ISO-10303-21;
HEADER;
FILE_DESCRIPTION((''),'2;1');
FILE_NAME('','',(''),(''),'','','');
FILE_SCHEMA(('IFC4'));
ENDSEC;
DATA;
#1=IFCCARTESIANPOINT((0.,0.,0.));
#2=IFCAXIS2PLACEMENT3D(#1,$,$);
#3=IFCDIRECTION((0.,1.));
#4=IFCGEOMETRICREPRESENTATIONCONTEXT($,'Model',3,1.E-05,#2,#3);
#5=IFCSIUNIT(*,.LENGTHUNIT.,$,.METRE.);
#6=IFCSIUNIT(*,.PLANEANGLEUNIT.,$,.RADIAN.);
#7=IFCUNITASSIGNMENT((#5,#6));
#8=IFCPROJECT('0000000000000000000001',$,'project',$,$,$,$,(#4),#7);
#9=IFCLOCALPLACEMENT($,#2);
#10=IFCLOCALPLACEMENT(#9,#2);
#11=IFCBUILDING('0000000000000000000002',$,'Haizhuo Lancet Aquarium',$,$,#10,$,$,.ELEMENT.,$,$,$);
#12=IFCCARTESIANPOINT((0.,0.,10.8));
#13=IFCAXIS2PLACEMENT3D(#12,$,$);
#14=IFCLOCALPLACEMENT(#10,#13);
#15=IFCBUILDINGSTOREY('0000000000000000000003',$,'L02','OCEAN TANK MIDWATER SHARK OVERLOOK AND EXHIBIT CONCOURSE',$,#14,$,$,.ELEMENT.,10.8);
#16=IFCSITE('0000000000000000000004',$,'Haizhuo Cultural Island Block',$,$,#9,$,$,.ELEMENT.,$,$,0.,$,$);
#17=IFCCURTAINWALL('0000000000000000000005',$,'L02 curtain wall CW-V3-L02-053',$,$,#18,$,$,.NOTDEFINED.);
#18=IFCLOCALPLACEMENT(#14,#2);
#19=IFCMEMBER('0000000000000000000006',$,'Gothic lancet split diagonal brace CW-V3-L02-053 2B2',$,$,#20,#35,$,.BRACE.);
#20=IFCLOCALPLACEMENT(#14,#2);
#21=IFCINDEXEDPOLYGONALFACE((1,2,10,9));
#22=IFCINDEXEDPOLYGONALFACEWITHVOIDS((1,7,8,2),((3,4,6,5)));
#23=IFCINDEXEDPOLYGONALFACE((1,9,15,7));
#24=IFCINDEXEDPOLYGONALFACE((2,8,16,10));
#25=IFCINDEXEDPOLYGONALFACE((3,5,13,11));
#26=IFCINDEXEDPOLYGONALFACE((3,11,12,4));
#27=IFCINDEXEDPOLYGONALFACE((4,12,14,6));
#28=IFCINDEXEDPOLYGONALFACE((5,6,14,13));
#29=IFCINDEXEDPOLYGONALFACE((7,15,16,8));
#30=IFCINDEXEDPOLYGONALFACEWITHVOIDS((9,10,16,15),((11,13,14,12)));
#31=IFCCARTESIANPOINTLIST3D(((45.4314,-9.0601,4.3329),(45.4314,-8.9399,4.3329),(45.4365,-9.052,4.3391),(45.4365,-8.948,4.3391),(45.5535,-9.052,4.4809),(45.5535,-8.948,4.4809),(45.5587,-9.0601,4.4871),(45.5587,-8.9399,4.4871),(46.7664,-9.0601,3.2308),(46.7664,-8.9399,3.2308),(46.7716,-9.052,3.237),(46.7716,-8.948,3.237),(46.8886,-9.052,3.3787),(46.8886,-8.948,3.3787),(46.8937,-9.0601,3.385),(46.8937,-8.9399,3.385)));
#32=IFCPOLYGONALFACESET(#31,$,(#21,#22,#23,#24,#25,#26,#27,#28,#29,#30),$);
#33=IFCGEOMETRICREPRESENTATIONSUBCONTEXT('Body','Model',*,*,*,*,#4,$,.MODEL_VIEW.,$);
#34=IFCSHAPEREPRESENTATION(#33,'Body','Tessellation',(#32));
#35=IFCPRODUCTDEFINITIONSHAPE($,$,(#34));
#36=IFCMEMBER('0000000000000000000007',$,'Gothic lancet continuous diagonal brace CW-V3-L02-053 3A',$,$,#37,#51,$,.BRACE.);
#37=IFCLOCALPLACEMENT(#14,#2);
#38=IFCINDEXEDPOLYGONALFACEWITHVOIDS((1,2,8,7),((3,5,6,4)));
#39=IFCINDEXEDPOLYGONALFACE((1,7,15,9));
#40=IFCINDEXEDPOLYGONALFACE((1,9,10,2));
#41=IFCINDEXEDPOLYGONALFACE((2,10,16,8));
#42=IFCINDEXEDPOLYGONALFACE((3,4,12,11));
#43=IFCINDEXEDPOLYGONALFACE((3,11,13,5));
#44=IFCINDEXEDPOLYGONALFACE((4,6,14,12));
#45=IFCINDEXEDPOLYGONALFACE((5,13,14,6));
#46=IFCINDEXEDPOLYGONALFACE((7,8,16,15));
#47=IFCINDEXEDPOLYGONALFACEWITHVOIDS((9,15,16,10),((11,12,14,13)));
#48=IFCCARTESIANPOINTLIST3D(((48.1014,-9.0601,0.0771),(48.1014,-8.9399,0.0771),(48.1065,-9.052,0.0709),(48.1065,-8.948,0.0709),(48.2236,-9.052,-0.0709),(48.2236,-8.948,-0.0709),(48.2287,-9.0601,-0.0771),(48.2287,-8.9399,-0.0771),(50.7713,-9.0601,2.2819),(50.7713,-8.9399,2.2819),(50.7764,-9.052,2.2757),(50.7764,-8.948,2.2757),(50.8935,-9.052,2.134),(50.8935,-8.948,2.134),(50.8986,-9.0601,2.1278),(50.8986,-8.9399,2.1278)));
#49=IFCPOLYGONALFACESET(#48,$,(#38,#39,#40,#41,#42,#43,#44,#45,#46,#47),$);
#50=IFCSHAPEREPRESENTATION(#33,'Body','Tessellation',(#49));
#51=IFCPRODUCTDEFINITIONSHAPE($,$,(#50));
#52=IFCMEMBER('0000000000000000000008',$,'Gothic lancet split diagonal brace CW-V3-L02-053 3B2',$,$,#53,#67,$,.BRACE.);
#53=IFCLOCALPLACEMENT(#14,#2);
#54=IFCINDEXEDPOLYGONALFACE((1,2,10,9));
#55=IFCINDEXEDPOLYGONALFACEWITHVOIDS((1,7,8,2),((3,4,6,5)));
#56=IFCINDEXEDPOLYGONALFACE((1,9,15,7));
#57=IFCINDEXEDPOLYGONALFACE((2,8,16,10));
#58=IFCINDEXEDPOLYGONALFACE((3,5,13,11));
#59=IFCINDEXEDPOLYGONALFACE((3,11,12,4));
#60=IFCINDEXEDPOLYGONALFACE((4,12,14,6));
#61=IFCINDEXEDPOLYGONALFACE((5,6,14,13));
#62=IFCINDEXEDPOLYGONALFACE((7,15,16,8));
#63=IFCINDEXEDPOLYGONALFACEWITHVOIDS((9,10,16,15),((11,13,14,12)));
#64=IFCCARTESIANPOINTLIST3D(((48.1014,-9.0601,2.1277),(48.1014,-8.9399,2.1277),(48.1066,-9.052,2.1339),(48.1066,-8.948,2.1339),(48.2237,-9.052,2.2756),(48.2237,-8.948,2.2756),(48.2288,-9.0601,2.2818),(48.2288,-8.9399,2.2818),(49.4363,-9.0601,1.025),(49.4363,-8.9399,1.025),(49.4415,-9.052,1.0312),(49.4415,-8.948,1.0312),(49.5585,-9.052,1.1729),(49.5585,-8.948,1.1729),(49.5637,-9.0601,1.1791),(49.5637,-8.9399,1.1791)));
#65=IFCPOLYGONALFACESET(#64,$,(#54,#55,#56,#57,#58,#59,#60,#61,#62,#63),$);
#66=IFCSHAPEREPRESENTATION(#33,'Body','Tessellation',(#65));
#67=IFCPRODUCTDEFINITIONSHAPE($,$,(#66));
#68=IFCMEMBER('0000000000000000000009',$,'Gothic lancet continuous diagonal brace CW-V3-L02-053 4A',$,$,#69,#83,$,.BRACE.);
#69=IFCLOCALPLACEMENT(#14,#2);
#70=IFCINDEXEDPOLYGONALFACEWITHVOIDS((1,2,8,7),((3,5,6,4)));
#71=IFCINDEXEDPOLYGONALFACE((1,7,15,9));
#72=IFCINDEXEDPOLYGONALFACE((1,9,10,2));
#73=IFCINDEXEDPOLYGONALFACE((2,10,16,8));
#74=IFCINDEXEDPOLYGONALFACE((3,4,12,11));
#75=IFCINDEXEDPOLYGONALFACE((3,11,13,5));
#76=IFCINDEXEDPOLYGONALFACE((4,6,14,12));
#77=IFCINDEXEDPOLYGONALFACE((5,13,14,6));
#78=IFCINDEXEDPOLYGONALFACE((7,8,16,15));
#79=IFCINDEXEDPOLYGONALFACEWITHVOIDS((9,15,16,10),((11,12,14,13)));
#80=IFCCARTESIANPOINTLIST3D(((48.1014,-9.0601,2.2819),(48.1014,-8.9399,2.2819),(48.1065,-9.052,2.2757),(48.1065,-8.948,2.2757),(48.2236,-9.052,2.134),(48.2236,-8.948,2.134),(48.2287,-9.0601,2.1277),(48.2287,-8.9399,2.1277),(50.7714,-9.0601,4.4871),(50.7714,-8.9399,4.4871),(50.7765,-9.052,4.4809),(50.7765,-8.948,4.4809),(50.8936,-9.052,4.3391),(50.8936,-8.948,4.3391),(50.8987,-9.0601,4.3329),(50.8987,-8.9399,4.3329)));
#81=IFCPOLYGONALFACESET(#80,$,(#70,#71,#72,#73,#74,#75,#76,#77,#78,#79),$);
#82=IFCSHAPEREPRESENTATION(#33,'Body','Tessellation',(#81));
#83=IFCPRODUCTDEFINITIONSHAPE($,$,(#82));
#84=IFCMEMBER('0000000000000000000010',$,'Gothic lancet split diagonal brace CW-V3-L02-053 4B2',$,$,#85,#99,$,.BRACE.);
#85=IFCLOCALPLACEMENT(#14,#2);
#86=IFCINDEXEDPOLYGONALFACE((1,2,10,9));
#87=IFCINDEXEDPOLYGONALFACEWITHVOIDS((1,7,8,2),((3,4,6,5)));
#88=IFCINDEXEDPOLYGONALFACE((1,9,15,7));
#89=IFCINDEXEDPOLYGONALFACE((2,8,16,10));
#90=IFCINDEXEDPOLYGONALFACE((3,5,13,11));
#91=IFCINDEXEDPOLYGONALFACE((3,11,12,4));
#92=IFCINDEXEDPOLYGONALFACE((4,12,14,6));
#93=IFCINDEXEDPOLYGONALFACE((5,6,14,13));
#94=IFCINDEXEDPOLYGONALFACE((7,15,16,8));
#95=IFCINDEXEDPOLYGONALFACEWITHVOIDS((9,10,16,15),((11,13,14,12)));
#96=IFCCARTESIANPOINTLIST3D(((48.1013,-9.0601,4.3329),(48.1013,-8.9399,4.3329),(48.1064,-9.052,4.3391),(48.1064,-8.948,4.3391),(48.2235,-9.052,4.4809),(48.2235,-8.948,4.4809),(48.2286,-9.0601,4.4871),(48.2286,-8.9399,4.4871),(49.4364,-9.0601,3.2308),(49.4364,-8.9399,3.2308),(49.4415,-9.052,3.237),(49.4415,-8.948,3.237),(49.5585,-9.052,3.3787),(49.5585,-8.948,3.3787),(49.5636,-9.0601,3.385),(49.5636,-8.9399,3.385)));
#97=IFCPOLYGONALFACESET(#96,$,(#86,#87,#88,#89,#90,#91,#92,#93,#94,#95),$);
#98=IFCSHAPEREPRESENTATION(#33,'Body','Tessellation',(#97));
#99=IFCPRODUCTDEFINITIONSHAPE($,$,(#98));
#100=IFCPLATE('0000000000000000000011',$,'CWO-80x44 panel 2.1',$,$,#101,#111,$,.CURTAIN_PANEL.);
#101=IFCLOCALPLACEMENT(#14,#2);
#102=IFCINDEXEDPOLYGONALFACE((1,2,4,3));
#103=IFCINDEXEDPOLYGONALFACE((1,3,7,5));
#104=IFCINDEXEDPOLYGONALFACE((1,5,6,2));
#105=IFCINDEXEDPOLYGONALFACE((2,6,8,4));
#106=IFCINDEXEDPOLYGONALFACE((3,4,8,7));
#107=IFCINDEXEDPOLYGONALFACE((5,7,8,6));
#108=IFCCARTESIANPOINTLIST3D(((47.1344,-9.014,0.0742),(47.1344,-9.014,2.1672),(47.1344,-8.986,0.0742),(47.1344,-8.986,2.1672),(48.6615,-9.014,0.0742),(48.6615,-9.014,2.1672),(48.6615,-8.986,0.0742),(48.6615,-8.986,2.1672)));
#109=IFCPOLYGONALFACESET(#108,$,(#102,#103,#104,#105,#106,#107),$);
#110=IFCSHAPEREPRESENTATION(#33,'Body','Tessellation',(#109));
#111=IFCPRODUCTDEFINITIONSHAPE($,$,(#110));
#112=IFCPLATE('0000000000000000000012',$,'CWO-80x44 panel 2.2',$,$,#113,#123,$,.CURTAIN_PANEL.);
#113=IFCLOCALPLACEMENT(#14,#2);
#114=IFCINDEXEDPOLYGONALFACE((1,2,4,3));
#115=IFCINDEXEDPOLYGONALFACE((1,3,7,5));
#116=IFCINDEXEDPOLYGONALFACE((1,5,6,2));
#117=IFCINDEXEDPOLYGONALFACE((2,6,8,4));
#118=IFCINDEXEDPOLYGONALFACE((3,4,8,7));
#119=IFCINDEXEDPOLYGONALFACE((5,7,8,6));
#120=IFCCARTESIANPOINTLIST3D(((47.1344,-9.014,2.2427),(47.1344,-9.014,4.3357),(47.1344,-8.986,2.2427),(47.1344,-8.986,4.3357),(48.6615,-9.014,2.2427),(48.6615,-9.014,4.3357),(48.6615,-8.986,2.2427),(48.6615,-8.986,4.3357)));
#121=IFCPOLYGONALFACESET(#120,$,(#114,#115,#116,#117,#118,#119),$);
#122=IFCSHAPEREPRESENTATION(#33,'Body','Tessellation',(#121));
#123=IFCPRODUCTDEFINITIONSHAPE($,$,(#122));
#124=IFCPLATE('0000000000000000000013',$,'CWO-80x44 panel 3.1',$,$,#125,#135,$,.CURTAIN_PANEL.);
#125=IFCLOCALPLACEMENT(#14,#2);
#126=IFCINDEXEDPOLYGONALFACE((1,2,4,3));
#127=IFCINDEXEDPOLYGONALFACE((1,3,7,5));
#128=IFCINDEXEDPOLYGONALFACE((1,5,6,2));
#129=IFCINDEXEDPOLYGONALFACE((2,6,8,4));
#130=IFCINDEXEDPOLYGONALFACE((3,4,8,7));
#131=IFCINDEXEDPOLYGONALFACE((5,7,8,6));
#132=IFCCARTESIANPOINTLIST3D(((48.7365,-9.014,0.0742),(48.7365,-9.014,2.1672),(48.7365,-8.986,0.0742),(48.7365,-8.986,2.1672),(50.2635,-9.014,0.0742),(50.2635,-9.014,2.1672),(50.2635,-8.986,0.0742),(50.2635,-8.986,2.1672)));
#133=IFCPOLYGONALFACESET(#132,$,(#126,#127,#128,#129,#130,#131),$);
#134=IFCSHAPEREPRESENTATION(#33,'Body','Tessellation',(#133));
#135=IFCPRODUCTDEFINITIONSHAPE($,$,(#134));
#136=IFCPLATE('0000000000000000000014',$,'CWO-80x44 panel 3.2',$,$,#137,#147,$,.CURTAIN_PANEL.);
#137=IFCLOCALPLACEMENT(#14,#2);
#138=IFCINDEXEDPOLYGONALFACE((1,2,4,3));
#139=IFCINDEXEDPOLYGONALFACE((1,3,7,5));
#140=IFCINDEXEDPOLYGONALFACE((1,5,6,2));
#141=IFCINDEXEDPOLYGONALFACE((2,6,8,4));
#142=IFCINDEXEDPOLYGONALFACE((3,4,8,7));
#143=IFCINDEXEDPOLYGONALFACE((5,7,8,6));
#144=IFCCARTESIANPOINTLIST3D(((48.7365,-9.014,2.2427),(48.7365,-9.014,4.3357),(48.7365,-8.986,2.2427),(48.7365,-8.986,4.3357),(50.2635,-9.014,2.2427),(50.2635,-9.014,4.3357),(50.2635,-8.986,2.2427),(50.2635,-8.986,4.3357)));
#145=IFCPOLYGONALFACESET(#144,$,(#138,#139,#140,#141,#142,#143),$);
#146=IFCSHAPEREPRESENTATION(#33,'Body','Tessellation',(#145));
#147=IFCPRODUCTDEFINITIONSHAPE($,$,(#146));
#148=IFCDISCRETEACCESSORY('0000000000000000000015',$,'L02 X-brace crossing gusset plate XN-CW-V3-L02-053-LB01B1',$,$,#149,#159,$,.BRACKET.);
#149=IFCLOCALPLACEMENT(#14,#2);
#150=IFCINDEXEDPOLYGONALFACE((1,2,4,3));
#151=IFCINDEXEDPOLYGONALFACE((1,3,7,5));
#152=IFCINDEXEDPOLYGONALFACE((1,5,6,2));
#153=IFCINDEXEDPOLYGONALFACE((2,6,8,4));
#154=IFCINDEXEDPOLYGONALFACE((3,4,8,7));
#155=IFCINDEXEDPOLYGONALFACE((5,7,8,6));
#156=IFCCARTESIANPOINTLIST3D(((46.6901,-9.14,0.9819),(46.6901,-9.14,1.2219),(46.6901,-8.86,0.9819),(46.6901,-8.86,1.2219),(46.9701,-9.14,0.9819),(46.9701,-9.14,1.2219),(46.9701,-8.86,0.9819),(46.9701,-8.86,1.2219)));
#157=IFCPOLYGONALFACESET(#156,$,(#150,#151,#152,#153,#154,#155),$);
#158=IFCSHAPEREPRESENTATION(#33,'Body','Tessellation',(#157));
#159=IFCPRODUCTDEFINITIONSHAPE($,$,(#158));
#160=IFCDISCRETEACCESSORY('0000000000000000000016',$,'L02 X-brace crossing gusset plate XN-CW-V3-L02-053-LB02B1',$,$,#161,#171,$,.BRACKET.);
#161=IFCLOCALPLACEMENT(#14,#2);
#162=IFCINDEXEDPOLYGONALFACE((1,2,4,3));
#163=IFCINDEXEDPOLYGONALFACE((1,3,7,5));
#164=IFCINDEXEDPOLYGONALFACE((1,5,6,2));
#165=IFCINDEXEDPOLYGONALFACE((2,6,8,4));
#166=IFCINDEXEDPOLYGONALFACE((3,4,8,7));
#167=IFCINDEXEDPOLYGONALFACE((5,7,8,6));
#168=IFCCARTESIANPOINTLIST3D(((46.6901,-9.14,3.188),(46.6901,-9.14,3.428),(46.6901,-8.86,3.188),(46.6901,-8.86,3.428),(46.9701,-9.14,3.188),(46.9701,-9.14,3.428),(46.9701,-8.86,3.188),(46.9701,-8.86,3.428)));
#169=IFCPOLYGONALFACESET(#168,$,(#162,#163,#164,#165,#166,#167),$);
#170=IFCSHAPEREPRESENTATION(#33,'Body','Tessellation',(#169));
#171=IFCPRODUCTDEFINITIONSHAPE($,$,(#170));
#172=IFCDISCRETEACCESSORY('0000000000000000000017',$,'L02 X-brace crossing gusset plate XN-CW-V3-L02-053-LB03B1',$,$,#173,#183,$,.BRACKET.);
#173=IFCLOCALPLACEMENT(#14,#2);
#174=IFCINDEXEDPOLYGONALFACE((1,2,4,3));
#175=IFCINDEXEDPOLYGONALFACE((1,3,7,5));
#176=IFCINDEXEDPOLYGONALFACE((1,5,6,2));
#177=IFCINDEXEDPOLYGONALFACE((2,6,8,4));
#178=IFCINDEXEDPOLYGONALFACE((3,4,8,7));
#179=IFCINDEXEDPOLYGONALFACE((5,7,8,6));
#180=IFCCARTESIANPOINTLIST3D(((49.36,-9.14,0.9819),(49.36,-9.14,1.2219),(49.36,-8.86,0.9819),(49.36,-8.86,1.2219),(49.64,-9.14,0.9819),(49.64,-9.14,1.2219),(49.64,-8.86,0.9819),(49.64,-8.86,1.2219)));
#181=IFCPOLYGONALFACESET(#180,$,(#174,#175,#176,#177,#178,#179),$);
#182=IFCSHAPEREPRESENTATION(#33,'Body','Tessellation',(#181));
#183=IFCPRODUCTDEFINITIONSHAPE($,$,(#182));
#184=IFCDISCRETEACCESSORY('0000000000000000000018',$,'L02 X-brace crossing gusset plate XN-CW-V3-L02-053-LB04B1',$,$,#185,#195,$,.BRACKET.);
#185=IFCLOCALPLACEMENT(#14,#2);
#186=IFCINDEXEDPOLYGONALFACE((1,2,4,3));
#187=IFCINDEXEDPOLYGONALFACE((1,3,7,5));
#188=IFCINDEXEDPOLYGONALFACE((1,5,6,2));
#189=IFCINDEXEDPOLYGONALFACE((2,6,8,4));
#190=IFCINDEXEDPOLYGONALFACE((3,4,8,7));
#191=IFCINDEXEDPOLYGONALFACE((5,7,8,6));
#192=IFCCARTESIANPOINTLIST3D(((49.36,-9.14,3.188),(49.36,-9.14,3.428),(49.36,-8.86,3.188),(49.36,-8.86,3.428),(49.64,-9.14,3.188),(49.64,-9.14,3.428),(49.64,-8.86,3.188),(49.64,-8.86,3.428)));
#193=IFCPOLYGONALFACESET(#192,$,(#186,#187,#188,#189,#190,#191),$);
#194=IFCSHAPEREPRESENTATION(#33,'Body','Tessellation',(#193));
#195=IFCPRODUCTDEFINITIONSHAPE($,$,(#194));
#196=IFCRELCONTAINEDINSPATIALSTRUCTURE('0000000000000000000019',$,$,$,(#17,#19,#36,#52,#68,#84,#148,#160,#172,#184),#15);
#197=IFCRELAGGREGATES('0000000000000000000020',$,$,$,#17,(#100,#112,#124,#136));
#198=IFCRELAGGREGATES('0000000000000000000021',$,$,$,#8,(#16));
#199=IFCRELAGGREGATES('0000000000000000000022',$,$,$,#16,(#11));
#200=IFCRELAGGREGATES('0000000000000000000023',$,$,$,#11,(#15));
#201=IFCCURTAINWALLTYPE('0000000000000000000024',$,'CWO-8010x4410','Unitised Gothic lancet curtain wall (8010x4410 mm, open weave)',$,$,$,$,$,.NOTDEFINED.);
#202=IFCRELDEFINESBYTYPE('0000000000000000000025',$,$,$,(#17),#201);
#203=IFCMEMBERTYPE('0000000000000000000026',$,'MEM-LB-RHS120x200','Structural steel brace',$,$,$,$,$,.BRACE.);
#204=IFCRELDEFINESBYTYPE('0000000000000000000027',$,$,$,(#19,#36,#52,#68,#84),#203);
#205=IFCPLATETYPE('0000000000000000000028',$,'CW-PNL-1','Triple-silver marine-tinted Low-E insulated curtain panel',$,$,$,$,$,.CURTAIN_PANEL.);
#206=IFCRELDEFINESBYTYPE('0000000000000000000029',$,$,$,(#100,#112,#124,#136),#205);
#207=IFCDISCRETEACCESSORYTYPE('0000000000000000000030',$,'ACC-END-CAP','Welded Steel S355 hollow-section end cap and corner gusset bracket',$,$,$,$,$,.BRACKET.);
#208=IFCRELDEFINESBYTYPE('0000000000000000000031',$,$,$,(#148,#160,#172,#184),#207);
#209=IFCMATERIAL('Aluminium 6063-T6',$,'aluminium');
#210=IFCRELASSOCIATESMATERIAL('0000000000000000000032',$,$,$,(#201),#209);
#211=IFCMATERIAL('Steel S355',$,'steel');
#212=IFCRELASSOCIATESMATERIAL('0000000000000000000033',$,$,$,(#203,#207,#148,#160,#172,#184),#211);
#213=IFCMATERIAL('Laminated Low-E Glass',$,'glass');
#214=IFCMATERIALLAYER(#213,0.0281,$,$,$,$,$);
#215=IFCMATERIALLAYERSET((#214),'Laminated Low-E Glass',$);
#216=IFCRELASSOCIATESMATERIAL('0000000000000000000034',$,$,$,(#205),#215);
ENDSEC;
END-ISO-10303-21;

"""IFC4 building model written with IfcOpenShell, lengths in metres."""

from ifc_helpers import new_model, si_unit, direction, frame, origin, origin_2d, place, context, subcontext, project, spatial, rectangle, hollow_rectangle, extrude, material, layer, layer_set, material_profile, profile_set, type_object, element, aggregate, save


model = new_model("IFC4")

# Units and contexts
model_context = context("Model", 3, precision=1e-05, world=origin(), true_north=direction((0.0, 1.0)))
body_context = subcontext(model_context, "Body", "Model", "MODEL_VIEW")
ifc_project = project(units=[si_unit("LENGTHUNIT", "METRE"), si_unit("PLANEANGLEUNIT", "RADIAN")], contexts=[model_context])

# Site, building, storey
site_placement = place(None, origin())
site = spatial("IfcSite", under=ifc_project, at=site_placement, Name="Haizhuo Cultural Island Block", CompositionType="ELEMENT", RefElevation=0.0)
building_placement = place(site_placement, origin())
building = spatial("IfcBuilding", under=site, at=building_placement, Name="Haizhuo Lancet Aquarium", CompositionType="ELEMENT")
storey_placement = place(building_placement, frame((0.0, 0.0, 10.8)))
storey = spatial("IfcBuildingStorey", under=building, at=storey_placement, Name="L02", Description="OCEAN TANK MIDWATER SHARK OVERLOOK AND EXHIBIT CONCOURSE", CompositionType="ELEMENT", Elevation=10.8)

# Curtain wall
ifc_material_1 = material(Name="Aluminium 6063-T6", Category="aluminium")
curtain_wall_type = type_object("IfcCurtainWallType", Name="CWO-8010x4410", Description="Unitised Gothic lancet curtain wall (8010x4410 mm, open weave)", PredefinedType="NOTDEFINED", material=ifc_material_1)
curtain_wall_placement = place(storey_placement, origin())
curtain_wall = element("IfcCurtainWall", 1, at=curtain_wall_placement, inside=storey, type_object=curtain_wall_type, Name="L02 curtain wall CW-V3-L02-053", PredefinedType="NOTDEFINED")

# Members
ifc_material_2 = material(Name="Steel S355", Category="steel")
ifc_material_profile_1 = material_profile(ifc_material_2, hollow_rectangle(XDim=0.1201, YDim=0.2, WallThickness=0.0081, at=origin_2d()), Name="RHS 120x200x8")
ifc_profile_set_1 = profile_set([ifc_material_profile_1], Name="Steel S355")
member_type_1 = type_object("IfcMemberType", Name="MEM-LB-RHS120x200", Description="Structural steel brace", PredefinedType="BRACE", material=ifc_profile_set_1)
member_1_placement = place(storey_placement, frame((46.8301, -9.0, 3.3079), z_axis=(-0.771172, 0.0, 0.636626), x_axis=(0.0, -1.0, 0.0)))
element("IfcMember", 2, at=member_1_placement, inside=storey, type_object=member_type_1, Name="Gothic lancet split diagonal brace CW-V3-L02-053 2B2", PredefinedType="BRACE", context=body_context, shape_type="SweptSolid", body=[
    extrude(hollow_rectangle(XDim=0.1201, YDim=0.2, WallThickness=0.0081, at=origin_2d()), origin(), (0.0, 0.0, 1.0), 1.7312),
])
member_2_placement = place(storey_placement, frame((48.165, -9.0, 0.0), z_axis=(0.771069, 0.0, 0.636752), x_axis=(0.0, 1.0, 0.0)))
element("IfcMember", 3, at=member_2_placement, inside=storey, type_object=member_type_1, Name="Gothic lancet continuous diagonal brace CW-V3-L02-053 3A", PredefinedType="BRACE", context=body_context, shape_type="SweptSolid", body=[
    extrude(hollow_rectangle(XDim=0.1201, YDim=0.2, WallThickness=0.0081, at=origin_2d()), origin(), (0.0, 0.0, 1.0), 3.4626),
])
member_3_placement = place(storey_placement, frame((49.5, -9.0, 1.1021), z_axis=(-0.770965, 0.0, 0.636878), x_axis=(0.0, -1.0, 0.0)))
element("IfcMember", 4, at=member_3_placement, inside=storey, type_object=member_type_1, Name="Gothic lancet split diagonal brace CW-V3-L02-053 3B2", PredefinedType="BRACE", context=body_context, shape_type="SweptSolid", body=[
    extrude(hollow_rectangle(XDim=0.1201, YDim=0.2, WallThickness=0.0081, at=origin_2d()), origin(), (0.0, 0.0, 1.0), 1.7314),
])
member_4_placement = place(storey_placement, frame((48.165, -9.0, 2.2048), z_axis=(0.771034, 0.0, 0.636794), x_axis=(0.0, 1.0, 0.0)))
element("IfcMember", 5, at=member_4_placement, inside=storey, type_object=member_type_1, Name="Gothic lancet continuous diagonal brace CW-V3-L02-053 4A", PredefinedType="BRACE", context=body_context, shape_type="SweptSolid", body=[
    extrude(hollow_rectangle(XDim=0.1201, YDim=0.2, WallThickness=0.0081, at=origin_2d()), origin(), (0.0, 0.0, 1.0), 3.4629),
])
member_5_placement = place(storey_placement, frame((49.5, -9.0, 3.3079), z_axis=(-0.771172, 0.0, 0.636626), x_axis=(0.0, -1.0, 0.0)))
element("IfcMember", 6, at=member_5_placement, inside=storey, type_object=member_type_1, Name="Gothic lancet split diagonal brace CW-V3-L02-053 4B2", PredefinedType="BRACE", context=body_context, shape_type="SweptSolid", body=[
    extrude(hollow_rectangle(XDim=0.1201, YDim=0.2, WallThickness=0.0081, at=origin_2d()), origin(), (0.0, 0.0, 1.0), 1.7312),
])

# Plates
ifc_material_3 = material(Name="Laminated Low-E Glass", Category="glass")
ifc_layer = layer(ifc_material_3, 0.0281)
ifc_layer_set = layer_set([ifc_layer], Name="Laminated Low-E Glass")
plate_type = type_object("IfcPlateType", Name="CW-PNL-1", Description="Triple-silver marine-tinted Low-E insulated curtain panel", PredefinedType="CURTAIN_PANEL", material=ifc_layer_set)
plate_1_placement = place(storey_placement, frame((47.8979, -9.0, 0.0742), z_axis=(0.0, 0.0, 1.0), x_axis=(1.0, 0.0, 0.0)))
plate_1 = element("IfcPlate", 7, at=plate_1_placement, type_object=plate_type, Name="CWO-80x44 panel 2.1", PredefinedType="CURTAIN_PANEL", context=body_context, shape_type="SweptSolid", body=[
    extrude(rectangle(XDim=1.5271, YDim=0.0281, at=origin_2d()), origin(), (0.0, 0.0, 1.0), 2.093),
])
plate_2_placement = place(storey_placement, frame((47.8979, -9.0, 2.2427), z_axis=(0.0, 0.0, 1.0), x_axis=(1.0, 0.0, 0.0)))
plate_2 = element("IfcPlate", 8, at=plate_2_placement, type_object=plate_type, Name="CWO-80x44 panel 2.2", PredefinedType="CURTAIN_PANEL", context=body_context, shape_type="SweptSolid", body=[
    extrude(rectangle(XDim=1.5271, YDim=0.0281, at=origin_2d()), origin(), (0.0, 0.0, 1.0), 2.093),
])
plate_3_placement = place(storey_placement, frame((49.5, -9.0, 0.0742), z_axis=(0.0, 0.0, 1.0), x_axis=(1.0, 0.0, 0.0)))
plate_3 = element("IfcPlate", 9, at=plate_3_placement, type_object=plate_type, Name="CWO-80x44 panel 3.1", PredefinedType="CURTAIN_PANEL", context=body_context, shape_type="SweptSolid", body=[
    extrude(rectangle(XDim=1.5271, YDim=0.0281, at=origin_2d()), origin(), (0.0, 0.0, 1.0), 2.093),
])
plate_4_placement = place(storey_placement, frame((49.5, -9.0, 2.2427), z_axis=(0.0, 0.0, 1.0), x_axis=(1.0, 0.0, 0.0)))
plate_4 = element("IfcPlate", 10, at=plate_4_placement, type_object=plate_type, Name="CWO-80x44 panel 3.2", PredefinedType="CURTAIN_PANEL", context=body_context, shape_type="SweptSolid", body=[
    extrude(rectangle(XDim=1.5271, YDim=0.0281, at=origin_2d()), origin(), (0.0, 0.0, 1.0), 2.093),
])
aggregate(curtain_wall, [plate_1, plate_2, plate_3, plate_4])

# Discrete accessories
discrete_accessory_type = type_object("IfcDiscreteAccessoryType", Name="ACC-END-CAP", Description="Welded Steel S355 hollow-section end cap and corner gusset bracket", PredefinedType="BRACKET", material=ifc_material_2)
for number, where, z_axis, x_axis, name in (
    (11, (46.8301, -9.0, 0.9819), (0.0, 0.0, 1.0), (1.0, 0.0, 0.0), "L02 X-brace crossing gusset plate XN-CW-V3-L02-053-LB01B1"),
    (12, (46.8301, -9.0, 3.188), (0.0, 0.0, 1.0), (1.0, 0.0, 0.0), "L02 X-brace crossing gusset plate XN-CW-V3-L02-053-LB02B1"),
    (13, (49.5, -9.0, 0.9819), (0.0, 0.0, 1.0), (1.0, 0.0, 0.0), "L02 X-brace crossing gusset plate XN-CW-V3-L02-053-LB03B1"),
    (14, (49.5, -9.0, 3.188), (0.0, 0.0, 1.0), (1.0, 0.0, 0.0), "L02 X-brace crossing gusset plate XN-CW-V3-L02-053-LB04B1"),
):
    element("IfcDiscreteAccessory", number, at=place(storey_placement, frame(where, z_axis=z_axis, x_axis=x_axis)), inside=storey, type_object=discrete_accessory_type, material=ifc_material_2, Name=name, PredefinedType="BRACKET", context=body_context, shape_type="SweptSolid", body=[
        extrude(rectangle(XDim=0.28, YDim=0.28, at=origin_2d()), origin(), (0.0, 0.0, 1.0), 0.24),
    ])

save(model, "model.ifc")
